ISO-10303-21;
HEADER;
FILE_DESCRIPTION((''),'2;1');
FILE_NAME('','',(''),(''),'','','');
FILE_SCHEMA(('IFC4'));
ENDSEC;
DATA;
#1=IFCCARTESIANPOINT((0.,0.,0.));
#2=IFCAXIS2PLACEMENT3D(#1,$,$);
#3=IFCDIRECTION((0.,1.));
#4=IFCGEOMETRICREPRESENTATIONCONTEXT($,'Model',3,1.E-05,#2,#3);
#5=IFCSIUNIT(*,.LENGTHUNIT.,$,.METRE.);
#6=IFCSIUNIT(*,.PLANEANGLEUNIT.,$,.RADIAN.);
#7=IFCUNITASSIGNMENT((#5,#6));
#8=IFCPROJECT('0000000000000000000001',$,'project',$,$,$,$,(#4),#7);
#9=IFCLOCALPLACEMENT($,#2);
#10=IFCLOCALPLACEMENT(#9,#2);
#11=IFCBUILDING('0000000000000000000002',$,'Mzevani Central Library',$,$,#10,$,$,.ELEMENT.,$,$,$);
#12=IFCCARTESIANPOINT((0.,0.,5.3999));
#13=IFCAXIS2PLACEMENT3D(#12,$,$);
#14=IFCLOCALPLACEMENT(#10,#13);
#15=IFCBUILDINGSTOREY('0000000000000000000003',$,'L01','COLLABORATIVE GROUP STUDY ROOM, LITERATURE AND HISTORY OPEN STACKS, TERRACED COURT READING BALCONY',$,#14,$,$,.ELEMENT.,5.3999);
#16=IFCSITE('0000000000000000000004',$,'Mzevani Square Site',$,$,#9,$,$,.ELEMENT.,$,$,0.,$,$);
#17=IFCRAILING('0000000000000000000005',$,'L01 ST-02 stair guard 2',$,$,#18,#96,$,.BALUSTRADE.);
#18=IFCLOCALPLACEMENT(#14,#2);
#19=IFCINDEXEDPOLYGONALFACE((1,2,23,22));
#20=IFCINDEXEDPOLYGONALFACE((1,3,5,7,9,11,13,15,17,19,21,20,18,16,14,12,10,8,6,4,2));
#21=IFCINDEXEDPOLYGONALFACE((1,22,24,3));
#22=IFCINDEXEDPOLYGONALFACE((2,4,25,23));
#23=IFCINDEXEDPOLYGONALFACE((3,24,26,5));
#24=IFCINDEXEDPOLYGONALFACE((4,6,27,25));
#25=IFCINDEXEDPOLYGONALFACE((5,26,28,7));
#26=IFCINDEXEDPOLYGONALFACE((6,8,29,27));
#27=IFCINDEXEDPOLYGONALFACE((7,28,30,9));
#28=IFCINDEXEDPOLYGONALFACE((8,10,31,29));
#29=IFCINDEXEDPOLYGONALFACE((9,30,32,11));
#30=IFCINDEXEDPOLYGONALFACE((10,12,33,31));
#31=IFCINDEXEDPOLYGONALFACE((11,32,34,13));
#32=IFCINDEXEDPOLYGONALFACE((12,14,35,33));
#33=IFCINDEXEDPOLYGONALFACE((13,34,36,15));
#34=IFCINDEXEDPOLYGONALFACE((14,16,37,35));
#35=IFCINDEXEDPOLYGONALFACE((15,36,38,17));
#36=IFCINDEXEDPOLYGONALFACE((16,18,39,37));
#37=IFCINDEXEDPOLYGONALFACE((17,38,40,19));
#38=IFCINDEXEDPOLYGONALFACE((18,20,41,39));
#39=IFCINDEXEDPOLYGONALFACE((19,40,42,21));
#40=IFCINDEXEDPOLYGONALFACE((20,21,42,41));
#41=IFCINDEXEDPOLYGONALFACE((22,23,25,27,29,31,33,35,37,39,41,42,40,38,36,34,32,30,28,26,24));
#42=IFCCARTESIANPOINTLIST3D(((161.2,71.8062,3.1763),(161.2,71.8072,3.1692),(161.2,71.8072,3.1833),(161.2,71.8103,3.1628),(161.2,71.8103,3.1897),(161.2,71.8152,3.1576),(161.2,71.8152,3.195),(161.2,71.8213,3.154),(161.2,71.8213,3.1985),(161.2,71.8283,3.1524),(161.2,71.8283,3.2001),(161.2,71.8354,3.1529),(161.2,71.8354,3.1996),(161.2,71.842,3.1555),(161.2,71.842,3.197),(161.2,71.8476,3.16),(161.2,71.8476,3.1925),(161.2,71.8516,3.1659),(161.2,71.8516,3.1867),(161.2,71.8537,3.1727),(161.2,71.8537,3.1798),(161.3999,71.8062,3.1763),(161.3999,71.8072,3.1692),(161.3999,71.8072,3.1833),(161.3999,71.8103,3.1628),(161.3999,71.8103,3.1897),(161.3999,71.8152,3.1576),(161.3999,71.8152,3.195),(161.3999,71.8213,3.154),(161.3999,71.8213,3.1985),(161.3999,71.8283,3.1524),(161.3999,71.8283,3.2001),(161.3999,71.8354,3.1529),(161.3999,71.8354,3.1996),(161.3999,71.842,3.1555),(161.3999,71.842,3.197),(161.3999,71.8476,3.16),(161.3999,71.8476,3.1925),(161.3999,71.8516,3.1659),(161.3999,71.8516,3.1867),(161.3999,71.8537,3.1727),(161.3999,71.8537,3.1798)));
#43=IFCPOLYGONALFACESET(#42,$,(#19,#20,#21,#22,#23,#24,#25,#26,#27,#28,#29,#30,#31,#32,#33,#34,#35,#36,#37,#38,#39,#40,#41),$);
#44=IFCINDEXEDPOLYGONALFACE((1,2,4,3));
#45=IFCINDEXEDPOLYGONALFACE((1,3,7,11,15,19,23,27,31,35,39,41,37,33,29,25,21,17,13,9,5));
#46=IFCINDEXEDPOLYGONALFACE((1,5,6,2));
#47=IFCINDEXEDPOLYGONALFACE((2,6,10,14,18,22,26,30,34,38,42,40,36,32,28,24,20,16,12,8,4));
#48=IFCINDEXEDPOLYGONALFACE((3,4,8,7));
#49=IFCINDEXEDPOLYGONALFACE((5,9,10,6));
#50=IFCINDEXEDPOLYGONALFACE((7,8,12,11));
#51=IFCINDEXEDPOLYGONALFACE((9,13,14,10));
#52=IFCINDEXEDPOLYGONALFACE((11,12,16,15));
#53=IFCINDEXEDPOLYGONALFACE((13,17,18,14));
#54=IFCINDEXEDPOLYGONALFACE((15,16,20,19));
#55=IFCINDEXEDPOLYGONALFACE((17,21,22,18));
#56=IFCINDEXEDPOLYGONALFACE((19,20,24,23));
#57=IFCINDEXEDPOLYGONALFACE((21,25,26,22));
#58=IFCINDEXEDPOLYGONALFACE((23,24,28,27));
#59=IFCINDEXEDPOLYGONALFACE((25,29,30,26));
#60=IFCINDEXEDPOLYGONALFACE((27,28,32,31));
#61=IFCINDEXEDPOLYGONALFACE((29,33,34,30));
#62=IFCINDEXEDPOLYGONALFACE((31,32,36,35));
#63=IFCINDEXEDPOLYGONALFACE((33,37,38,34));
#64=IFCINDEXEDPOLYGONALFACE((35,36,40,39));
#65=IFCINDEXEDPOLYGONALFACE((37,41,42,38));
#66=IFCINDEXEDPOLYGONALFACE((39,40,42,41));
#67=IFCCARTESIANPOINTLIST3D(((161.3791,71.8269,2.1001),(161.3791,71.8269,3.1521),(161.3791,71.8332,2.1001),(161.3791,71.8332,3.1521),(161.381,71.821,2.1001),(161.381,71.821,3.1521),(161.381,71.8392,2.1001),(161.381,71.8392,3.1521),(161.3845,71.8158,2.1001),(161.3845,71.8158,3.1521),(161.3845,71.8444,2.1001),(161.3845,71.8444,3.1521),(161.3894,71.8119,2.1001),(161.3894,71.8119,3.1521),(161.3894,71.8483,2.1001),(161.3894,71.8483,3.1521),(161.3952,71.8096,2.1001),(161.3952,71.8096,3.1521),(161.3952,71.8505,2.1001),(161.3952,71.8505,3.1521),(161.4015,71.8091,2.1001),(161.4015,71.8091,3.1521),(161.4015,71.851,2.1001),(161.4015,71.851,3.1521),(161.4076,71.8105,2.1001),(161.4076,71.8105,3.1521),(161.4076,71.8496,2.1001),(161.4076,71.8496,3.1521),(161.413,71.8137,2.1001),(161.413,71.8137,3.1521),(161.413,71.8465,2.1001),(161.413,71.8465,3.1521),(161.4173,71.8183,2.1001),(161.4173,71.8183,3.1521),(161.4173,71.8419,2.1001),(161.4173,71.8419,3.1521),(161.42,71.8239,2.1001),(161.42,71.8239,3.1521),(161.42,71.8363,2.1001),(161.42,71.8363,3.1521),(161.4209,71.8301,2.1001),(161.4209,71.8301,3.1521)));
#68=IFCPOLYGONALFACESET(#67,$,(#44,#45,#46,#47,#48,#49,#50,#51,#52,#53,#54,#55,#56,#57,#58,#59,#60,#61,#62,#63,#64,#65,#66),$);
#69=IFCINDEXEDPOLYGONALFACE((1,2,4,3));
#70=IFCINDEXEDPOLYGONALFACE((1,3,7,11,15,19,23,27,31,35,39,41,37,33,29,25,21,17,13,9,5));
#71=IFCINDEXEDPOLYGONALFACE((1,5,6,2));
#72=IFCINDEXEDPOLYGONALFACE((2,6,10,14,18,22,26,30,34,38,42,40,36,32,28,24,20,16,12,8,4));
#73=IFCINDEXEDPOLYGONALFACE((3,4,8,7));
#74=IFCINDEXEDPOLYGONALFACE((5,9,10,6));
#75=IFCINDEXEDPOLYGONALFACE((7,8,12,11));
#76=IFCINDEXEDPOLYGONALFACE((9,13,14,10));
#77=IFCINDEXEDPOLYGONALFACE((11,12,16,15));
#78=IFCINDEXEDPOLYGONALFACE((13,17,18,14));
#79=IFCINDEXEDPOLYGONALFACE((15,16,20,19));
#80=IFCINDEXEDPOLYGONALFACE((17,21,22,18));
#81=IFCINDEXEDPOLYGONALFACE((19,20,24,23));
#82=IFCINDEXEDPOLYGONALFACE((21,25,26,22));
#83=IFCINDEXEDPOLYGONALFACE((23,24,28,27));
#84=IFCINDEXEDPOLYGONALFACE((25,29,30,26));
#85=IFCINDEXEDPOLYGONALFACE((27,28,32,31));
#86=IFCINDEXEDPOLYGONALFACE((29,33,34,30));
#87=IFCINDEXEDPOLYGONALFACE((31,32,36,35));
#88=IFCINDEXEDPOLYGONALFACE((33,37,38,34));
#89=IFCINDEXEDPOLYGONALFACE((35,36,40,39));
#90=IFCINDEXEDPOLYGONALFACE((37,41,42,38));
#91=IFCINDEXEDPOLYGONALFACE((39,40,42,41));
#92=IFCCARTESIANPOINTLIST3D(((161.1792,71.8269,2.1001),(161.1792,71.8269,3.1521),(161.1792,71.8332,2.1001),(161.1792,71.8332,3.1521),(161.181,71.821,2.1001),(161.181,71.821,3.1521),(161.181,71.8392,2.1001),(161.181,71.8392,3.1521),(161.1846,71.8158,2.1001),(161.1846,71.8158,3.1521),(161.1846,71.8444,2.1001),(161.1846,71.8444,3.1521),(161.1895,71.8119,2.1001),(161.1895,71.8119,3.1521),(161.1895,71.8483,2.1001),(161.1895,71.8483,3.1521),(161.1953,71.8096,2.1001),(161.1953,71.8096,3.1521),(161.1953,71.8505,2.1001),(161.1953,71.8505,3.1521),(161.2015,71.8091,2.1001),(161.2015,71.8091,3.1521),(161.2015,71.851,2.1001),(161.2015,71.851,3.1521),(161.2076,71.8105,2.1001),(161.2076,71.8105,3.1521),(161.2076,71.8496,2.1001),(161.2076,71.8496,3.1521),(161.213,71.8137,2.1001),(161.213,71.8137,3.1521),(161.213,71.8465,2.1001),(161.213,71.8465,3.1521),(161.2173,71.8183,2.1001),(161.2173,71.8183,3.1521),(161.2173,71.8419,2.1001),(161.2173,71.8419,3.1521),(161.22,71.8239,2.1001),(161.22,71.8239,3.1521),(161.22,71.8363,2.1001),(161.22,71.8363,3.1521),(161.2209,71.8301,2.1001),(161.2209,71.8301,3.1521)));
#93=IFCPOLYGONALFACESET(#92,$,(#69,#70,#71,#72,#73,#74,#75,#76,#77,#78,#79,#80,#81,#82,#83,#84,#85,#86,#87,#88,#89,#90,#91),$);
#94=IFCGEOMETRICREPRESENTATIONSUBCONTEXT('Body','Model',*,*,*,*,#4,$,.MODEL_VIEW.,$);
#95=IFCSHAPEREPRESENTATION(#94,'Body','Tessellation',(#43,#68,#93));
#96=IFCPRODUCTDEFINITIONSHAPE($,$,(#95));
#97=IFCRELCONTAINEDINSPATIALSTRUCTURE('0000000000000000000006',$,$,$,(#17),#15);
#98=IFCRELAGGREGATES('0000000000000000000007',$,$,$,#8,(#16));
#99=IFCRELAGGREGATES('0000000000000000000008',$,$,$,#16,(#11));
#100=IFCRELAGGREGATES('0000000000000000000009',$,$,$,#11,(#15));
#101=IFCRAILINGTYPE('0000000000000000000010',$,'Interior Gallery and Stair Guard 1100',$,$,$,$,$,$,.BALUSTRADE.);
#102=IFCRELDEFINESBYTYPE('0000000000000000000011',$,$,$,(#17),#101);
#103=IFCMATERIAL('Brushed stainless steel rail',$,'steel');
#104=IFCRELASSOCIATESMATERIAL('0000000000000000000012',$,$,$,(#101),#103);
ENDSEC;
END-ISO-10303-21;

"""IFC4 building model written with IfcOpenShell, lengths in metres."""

from ifc_helpers import new_model, si_unit, direction, frame, origin, origin_2d, place, context, subcontext, project, spatial, circle, extrude, material, type_object, element, save


model = new_model("IFC4")

# Units and contexts
model_context = context("Model", 3, precision=1e-05, world=origin(), true_north=direction((0.0, 1.0)))
body_context = subcontext(model_context, "Body", "Model", "MODEL_VIEW")
ifc_project = project(units=[si_unit("LENGTHUNIT", "METRE"), si_unit("PLANEANGLEUNIT", "RADIAN")], contexts=[model_context])

# Site, building, storey
site_placement = place(None, origin())
site = spatial("IfcSite", under=ifc_project, at=site_placement, Name="Mzevani Square Site", CompositionType="ELEMENT", RefElevation=0.0)
building_placement = place(site_placement, origin())
building = spatial("IfcBuilding", under=site, at=building_placement, Name="Mzevani Central Library", CompositionType="ELEMENT")
storey_placement = place(building_placement, frame((0.0, 0.0, 5.3999)))
storey = spatial("IfcBuildingStorey", under=building, at=storey_placement, Name="L01", Description="COLLABORATIVE GROUP STUDY ROOM, LITERATURE AND HISTORY OPEN STACKS, TERRACED COURT READING BALCONY", CompositionType="ELEMENT", Elevation=5.3999)

# Railing
ifc_material_1 = material(Name="Brushed stainless steel rail", Category="steel")
railing_type_1 = type_object("IfcRailingType", Name="Interior Gallery and Stair Guard 1100", PredefinedType="BALUSTRADE", material=ifc_material_1)
railing_1_placement = place(storey_placement, frame((161.3999, 71.8301, 2.1001)))
element("IfcRailing", 1, at=railing_1_placement, inside=storey, type_object=railing_type_1, Name="L01 ST-02 stair guard 2", PredefinedType="BALUSTRADE", context=body_context, shape_type="SweptSolid", body=[
    extrude(circle(Radius=0.0239, at=origin_2d()), frame((0.0, 0.0, 1.0762), z_axis=(-1.0, 0.0, 0.0), x_axis=(0.0, -1.0, 0.0)), (0.0, 0.0, 1.0), 0.2),
    extrude(circle(Radius=0.021, at=origin_2d()), origin(), (0.0, 0.0, 1.0), 1.052),
    extrude(circle(Radius=0.021, at=origin_2d()), frame((-0.2, 0.0, 0.0)), (0.0, 0.0, 1.0), 1.052),
])

save(model, "model.ifc")
